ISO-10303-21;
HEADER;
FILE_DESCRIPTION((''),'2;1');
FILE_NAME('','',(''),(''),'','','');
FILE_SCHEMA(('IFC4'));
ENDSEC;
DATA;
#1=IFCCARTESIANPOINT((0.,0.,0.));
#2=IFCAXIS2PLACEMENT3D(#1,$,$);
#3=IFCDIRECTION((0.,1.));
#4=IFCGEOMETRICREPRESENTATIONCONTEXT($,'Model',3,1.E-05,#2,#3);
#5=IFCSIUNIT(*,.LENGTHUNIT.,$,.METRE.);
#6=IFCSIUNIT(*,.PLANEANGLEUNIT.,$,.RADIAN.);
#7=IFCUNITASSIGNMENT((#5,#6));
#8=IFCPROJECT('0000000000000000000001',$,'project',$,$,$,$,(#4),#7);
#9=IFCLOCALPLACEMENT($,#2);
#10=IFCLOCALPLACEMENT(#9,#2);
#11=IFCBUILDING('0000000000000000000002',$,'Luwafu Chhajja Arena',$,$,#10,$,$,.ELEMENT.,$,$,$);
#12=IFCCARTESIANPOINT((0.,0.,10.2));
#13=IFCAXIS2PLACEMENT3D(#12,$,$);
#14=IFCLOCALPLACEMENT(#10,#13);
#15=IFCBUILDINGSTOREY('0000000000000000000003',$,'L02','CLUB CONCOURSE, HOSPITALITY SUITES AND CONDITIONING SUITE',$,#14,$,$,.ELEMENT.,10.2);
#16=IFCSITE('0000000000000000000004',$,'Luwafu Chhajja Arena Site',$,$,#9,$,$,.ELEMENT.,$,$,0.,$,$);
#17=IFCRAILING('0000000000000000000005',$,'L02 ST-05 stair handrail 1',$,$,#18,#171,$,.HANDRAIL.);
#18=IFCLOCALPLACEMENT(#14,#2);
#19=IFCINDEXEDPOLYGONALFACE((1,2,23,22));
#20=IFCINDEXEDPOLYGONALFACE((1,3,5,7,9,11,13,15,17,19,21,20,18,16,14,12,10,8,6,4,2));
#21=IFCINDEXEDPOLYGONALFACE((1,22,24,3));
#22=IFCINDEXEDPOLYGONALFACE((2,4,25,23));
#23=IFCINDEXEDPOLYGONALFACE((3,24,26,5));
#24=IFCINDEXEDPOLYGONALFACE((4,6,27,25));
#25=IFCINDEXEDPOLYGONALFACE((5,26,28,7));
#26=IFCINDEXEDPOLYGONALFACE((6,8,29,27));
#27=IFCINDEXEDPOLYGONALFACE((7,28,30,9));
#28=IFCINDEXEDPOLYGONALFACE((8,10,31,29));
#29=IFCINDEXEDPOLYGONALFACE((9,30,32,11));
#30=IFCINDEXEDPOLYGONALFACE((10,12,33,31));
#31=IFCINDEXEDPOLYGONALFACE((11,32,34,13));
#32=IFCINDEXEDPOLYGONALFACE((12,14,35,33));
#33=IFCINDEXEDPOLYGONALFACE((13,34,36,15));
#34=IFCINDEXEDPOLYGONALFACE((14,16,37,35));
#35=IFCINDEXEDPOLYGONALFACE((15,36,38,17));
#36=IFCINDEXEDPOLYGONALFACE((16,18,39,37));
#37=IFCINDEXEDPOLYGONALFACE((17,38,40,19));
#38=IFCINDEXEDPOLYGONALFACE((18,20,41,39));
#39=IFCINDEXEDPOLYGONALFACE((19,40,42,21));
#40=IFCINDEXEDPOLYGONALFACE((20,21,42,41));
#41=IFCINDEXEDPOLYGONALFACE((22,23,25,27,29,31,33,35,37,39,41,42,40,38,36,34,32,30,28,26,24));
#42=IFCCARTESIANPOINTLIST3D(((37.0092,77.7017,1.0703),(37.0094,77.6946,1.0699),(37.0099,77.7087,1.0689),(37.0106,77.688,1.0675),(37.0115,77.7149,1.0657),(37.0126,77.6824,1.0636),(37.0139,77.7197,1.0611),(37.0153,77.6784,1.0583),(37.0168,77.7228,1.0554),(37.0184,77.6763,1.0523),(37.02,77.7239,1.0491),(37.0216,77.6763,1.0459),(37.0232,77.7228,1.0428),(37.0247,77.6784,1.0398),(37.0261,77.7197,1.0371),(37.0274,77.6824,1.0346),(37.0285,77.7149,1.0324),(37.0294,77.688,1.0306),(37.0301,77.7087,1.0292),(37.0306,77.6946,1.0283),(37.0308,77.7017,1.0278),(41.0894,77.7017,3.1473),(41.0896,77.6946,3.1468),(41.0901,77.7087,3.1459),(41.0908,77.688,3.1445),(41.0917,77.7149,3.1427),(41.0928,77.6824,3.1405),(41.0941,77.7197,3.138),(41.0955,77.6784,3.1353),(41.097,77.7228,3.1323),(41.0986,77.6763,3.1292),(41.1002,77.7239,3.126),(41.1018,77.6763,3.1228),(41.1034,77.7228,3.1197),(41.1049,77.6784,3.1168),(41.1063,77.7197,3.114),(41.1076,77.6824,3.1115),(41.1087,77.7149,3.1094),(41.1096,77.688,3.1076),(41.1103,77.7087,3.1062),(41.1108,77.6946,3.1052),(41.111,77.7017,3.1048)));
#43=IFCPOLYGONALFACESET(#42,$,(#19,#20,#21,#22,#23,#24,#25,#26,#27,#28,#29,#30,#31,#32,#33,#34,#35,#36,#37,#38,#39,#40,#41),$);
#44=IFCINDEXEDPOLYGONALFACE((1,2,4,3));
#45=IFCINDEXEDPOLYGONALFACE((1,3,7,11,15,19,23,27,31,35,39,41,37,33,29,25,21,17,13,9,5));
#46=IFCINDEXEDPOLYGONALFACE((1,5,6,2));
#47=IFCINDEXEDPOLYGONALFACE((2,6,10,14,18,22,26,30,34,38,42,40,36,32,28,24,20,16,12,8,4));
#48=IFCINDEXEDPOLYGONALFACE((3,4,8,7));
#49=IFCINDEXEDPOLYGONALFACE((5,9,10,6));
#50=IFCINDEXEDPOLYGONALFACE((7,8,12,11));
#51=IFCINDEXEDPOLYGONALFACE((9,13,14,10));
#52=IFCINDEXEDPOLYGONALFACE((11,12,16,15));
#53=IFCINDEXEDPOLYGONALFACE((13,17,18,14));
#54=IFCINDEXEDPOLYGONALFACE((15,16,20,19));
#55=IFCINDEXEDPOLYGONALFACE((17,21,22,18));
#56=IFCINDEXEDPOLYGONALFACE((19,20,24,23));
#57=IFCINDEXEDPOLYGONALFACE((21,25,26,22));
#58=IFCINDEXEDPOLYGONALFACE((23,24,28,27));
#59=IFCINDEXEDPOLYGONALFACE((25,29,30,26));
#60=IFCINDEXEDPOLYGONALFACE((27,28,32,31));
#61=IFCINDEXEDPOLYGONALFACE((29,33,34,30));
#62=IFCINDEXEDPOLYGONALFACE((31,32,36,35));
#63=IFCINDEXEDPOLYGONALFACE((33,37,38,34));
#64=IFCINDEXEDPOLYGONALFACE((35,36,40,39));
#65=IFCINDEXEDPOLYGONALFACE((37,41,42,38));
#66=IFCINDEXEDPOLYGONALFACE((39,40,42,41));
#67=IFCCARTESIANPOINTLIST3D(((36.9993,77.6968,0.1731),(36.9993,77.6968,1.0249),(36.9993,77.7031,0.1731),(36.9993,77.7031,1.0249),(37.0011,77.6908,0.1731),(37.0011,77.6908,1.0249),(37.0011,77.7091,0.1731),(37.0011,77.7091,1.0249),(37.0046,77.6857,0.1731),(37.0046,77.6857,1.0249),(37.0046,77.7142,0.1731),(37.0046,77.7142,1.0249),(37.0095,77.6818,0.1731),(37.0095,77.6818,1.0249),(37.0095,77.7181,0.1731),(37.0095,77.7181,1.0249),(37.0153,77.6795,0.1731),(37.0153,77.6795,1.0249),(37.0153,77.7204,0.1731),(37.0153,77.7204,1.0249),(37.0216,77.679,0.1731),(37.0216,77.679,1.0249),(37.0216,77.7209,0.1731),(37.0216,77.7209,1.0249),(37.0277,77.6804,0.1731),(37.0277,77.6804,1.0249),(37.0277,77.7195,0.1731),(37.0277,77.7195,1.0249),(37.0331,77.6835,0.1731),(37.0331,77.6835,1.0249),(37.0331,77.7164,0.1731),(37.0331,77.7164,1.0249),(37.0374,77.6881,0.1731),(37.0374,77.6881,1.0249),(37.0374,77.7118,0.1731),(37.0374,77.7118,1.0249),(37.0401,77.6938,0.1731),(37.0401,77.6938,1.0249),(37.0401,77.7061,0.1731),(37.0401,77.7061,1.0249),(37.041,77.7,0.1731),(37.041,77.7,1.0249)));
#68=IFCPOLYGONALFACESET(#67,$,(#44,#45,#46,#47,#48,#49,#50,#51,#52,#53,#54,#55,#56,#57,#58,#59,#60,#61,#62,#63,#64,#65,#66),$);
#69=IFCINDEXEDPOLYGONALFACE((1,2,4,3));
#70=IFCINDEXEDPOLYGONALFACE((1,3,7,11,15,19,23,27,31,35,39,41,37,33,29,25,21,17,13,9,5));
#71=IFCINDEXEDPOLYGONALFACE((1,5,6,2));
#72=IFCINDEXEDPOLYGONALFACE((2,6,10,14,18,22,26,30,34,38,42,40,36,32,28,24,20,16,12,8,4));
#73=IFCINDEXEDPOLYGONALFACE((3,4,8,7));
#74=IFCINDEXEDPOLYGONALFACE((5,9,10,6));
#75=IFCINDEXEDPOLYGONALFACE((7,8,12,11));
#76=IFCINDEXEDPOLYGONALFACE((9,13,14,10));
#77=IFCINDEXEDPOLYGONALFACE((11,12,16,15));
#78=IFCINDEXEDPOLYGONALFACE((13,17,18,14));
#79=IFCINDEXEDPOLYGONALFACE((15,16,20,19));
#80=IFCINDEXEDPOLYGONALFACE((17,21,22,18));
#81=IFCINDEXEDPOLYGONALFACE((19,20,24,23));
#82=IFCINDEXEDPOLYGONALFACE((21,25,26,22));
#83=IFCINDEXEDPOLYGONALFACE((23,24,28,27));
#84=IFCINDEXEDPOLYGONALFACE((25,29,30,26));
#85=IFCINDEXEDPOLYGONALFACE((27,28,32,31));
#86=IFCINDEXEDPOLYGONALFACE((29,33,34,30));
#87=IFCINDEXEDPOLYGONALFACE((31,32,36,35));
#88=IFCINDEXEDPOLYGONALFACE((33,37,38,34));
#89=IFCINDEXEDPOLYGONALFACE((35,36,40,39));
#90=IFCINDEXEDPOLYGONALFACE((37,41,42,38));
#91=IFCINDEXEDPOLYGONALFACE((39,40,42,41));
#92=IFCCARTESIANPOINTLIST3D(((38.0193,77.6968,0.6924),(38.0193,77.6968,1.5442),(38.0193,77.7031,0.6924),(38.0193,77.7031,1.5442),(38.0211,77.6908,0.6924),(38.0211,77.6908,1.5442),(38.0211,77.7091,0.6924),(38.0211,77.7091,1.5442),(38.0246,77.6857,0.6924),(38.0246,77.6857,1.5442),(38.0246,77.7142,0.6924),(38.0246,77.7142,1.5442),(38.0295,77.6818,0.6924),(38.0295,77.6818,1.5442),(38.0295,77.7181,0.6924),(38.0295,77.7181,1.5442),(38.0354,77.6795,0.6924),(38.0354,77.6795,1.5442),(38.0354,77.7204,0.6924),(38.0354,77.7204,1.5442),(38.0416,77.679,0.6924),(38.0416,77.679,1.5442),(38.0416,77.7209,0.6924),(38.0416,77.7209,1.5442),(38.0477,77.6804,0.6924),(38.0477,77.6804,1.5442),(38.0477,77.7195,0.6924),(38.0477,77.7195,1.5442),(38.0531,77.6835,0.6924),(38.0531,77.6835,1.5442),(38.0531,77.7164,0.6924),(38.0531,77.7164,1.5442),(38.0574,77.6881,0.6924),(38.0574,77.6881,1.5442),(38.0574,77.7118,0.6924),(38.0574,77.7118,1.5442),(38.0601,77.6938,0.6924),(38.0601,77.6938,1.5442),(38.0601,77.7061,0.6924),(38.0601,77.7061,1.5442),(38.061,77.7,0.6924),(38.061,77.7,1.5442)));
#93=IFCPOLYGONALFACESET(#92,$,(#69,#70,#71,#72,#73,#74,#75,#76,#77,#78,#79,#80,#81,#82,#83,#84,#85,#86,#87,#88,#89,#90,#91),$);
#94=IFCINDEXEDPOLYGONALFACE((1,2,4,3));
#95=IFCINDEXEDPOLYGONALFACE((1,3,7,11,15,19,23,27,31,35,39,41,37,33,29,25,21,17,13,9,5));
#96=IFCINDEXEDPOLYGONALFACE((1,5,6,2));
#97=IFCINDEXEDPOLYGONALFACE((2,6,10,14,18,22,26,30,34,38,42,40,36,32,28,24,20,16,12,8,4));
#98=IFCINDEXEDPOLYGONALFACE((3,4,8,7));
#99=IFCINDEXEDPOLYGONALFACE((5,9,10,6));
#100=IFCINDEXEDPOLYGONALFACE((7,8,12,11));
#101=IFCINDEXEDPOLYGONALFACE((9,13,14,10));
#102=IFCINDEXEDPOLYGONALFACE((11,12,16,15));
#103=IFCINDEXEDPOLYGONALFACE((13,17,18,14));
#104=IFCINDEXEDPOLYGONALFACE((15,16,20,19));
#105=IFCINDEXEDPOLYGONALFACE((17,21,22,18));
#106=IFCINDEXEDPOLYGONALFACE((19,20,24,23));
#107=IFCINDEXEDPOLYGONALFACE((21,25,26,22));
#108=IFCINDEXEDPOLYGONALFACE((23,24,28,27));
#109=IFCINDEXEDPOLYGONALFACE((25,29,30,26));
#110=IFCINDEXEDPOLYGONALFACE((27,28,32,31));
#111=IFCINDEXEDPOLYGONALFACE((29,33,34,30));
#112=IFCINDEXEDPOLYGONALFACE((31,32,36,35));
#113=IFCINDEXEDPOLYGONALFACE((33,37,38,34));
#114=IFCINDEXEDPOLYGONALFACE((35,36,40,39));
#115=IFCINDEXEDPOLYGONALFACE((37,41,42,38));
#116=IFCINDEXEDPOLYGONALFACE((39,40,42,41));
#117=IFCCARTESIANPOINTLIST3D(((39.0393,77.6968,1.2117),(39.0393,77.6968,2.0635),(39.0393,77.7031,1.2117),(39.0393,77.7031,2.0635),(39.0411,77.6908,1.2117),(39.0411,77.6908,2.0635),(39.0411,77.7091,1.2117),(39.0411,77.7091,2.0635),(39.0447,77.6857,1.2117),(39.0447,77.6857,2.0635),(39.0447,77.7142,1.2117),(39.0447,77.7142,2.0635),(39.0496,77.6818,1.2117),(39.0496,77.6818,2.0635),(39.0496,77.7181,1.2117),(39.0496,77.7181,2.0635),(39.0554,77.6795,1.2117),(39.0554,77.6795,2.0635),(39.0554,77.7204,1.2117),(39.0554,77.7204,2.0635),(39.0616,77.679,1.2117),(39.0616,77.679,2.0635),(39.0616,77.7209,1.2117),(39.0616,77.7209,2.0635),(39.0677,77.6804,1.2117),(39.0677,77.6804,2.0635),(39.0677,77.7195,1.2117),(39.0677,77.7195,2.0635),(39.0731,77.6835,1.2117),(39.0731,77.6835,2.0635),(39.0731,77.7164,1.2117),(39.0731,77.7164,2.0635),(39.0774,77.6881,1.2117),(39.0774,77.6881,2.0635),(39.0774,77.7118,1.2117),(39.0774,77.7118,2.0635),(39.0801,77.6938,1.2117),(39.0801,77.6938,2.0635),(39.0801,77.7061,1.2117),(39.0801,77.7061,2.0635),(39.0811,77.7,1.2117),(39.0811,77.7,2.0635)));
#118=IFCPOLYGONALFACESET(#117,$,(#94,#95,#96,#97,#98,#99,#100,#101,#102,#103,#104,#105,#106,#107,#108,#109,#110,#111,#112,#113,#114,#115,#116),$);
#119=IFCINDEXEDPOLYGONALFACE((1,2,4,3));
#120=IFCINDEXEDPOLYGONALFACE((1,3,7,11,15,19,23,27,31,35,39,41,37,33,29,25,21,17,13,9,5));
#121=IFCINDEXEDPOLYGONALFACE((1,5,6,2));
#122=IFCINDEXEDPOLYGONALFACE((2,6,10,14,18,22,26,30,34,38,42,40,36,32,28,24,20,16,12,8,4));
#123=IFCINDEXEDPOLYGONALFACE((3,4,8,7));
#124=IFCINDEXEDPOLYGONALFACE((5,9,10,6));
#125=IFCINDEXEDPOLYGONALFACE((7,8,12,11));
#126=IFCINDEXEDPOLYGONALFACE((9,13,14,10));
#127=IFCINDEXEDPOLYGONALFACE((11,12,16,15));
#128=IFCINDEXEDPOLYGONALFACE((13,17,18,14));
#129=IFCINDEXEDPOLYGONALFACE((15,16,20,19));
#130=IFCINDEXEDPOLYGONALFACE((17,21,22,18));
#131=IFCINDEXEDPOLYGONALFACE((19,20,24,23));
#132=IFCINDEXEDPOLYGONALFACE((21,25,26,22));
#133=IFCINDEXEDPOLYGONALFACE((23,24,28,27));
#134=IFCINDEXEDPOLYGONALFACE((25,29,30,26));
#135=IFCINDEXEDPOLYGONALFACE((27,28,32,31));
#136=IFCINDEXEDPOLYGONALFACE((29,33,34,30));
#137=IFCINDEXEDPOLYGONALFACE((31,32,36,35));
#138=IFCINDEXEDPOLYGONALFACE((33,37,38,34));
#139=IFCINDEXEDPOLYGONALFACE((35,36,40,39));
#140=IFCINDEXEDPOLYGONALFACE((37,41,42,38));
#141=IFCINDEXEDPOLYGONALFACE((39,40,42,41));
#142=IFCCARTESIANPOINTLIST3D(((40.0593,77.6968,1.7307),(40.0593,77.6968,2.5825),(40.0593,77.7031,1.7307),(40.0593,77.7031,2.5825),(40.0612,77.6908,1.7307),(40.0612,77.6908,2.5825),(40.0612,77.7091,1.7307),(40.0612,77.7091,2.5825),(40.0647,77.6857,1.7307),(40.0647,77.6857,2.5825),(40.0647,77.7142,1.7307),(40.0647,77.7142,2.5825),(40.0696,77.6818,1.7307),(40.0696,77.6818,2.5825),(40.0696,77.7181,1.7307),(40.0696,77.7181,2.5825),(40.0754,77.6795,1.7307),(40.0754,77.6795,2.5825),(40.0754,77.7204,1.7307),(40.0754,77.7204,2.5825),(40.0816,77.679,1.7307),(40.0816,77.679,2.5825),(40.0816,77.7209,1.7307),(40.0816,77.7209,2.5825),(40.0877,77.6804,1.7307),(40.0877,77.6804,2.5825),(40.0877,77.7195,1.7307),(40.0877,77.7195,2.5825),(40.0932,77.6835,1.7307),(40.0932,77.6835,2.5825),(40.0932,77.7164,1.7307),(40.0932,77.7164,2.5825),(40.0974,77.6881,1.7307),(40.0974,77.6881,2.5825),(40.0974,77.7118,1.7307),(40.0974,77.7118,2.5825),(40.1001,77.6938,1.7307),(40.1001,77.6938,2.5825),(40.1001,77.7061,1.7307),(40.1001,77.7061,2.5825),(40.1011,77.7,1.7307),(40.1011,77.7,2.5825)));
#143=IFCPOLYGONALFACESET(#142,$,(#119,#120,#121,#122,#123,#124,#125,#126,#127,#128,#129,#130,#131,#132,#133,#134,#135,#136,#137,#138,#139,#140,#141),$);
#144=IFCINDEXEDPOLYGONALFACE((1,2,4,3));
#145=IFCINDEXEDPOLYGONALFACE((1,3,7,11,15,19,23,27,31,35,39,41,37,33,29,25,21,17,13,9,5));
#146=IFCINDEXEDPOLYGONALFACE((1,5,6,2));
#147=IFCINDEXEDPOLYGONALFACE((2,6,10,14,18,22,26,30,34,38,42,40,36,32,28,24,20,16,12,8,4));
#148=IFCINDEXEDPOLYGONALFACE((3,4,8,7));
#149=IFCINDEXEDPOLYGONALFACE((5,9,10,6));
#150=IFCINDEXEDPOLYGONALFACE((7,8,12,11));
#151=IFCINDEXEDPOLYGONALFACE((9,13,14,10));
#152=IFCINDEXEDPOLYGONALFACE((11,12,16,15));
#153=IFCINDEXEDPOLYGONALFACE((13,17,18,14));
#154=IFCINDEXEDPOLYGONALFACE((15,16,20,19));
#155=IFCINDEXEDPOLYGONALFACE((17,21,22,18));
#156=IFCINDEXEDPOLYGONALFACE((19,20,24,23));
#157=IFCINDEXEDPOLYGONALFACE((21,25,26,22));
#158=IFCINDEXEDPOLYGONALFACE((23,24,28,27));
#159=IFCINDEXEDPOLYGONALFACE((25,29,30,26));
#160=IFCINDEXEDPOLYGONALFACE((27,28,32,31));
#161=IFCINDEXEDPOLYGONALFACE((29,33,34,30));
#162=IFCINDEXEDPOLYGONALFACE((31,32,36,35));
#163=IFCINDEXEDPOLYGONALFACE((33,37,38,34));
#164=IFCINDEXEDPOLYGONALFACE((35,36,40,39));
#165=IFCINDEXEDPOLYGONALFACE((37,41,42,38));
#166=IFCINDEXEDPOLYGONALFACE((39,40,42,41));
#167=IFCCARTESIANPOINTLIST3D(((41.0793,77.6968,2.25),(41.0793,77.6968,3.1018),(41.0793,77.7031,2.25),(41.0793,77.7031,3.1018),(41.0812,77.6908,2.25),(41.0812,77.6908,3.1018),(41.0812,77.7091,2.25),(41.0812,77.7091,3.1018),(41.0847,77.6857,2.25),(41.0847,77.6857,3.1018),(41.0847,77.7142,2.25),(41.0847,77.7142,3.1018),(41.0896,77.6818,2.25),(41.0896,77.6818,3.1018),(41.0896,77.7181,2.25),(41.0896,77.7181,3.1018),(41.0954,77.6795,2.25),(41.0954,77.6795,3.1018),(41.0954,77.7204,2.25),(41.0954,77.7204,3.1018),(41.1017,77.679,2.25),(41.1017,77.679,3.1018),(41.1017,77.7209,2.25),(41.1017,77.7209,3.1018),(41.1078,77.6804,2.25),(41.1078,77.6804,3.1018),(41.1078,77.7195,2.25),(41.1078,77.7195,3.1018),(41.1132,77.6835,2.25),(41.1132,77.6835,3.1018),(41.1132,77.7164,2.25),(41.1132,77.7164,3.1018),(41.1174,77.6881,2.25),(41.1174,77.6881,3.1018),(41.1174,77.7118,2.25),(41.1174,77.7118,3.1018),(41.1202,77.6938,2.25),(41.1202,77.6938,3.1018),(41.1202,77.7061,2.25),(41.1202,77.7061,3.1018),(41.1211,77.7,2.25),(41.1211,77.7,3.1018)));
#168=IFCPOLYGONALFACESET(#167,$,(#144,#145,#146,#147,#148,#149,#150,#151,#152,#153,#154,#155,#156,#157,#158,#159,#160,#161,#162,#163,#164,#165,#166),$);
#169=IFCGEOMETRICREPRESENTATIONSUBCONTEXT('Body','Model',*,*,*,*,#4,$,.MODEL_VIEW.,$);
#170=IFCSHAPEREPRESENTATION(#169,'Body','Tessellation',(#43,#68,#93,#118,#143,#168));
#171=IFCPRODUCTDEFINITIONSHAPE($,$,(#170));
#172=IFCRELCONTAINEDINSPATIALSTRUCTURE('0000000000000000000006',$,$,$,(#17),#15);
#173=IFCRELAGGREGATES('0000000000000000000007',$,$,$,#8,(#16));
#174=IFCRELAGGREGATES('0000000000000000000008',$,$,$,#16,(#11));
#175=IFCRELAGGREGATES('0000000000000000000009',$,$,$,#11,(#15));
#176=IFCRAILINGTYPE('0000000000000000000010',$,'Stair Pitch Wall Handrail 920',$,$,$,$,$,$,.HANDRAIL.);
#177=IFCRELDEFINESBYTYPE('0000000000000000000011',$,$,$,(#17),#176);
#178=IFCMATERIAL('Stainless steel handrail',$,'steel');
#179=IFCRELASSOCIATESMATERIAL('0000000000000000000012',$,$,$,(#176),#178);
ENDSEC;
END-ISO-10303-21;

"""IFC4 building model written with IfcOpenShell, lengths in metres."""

from ifc_helpers import new_model, si_unit, direction, frame, origin, origin_2d, place, context, subcontext, project, spatial, circle, extrude, material, type_object, element, save


model = new_model("IFC4")

# Units and contexts
model_context = context("Model", 3, precision=1e-05, world=origin(), true_north=direction((0.0, 1.0)))
body_context = subcontext(model_context, "Body", "Model", "MODEL_VIEW")
ifc_project = project(units=[si_unit("LENGTHUNIT", "METRE"), si_unit("PLANEANGLEUNIT", "RADIAN")], contexts=[model_context])

# Site, building, storey
site_placement = place(None, origin())
site = spatial("IfcSite", under=ifc_project, at=site_placement, Name="Luwafu Chhajja Arena Site", CompositionType="ELEMENT", RefElevation=0.0)
building_placement = place(site_placement, origin())
building = spatial("IfcBuilding", under=site, at=building_placement, Name="Luwafu Chhajja Arena", CompositionType="ELEMENT")
storey_placement = place(building_placement, frame((0.0, 0.0, 10.2)))
storey = spatial("IfcBuildingStorey", under=building, at=storey_placement, Name="L02", Description="CLUB CONCOURSE, HOSPITALITY SUITES AND CONDITIONING SUITE", CompositionType="ELEMENT", Elevation=10.2)

# Railing
ifc_material_1 = material(Name="Stainless steel handrail", Category="steel")
railing_type_1 = type_object("IfcRailingType", Name="Stair Pitch Wall Handrail 920", PredefinedType="HANDRAIL", material=ifc_material_1)
railing_1_placement = place(storey_placement, frame((37.02, 77.7, 0.1731)))
element("IfcRailing", 1, at=railing_1_placement, inside=storey, type_object=railing_type_1, Name="L02 ST-05 stair handrail 1", PredefinedType="HANDRAIL", context=body_context, shape_type="SweptSolid", body=[
    extrude(circle(Radius=0.0239, at=origin_2d()), frame((0.0, 0.0, 0.876), z_axis=(0.891183, 0.0, 0.453644), x_axis=(0.0, 1.0, 0.0)), (0.0, 0.0, 1.0), 4.5784),
    extrude(circle(Radius=0.021, at=origin_2d()), origin(), (0.0, 0.0, 1.0), 0.8518),
    extrude(circle(Radius=0.021, at=origin_2d()), frame((1.02, 0.0, 0.5193)), (0.0, 0.0, 1.0), 0.8518),
    extrude(circle(Radius=0.021, at=origin_2d()), frame((2.04, 0.0, 1.0386)), (0.0, 0.0, 1.0), 0.8518),
    extrude(circle(Radius=0.021, at=origin_2d()), frame((3.0601, 0.0, 1.5576)), (0.0, 0.0, 1.0), 0.8518),
    extrude(circle(Radius=0.021, at=origin_2d()), frame((4.0801, 0.0, 2.0769)), (0.0, 0.0, 1.0), 0.8518),
])

save(model, "model.ifc")
